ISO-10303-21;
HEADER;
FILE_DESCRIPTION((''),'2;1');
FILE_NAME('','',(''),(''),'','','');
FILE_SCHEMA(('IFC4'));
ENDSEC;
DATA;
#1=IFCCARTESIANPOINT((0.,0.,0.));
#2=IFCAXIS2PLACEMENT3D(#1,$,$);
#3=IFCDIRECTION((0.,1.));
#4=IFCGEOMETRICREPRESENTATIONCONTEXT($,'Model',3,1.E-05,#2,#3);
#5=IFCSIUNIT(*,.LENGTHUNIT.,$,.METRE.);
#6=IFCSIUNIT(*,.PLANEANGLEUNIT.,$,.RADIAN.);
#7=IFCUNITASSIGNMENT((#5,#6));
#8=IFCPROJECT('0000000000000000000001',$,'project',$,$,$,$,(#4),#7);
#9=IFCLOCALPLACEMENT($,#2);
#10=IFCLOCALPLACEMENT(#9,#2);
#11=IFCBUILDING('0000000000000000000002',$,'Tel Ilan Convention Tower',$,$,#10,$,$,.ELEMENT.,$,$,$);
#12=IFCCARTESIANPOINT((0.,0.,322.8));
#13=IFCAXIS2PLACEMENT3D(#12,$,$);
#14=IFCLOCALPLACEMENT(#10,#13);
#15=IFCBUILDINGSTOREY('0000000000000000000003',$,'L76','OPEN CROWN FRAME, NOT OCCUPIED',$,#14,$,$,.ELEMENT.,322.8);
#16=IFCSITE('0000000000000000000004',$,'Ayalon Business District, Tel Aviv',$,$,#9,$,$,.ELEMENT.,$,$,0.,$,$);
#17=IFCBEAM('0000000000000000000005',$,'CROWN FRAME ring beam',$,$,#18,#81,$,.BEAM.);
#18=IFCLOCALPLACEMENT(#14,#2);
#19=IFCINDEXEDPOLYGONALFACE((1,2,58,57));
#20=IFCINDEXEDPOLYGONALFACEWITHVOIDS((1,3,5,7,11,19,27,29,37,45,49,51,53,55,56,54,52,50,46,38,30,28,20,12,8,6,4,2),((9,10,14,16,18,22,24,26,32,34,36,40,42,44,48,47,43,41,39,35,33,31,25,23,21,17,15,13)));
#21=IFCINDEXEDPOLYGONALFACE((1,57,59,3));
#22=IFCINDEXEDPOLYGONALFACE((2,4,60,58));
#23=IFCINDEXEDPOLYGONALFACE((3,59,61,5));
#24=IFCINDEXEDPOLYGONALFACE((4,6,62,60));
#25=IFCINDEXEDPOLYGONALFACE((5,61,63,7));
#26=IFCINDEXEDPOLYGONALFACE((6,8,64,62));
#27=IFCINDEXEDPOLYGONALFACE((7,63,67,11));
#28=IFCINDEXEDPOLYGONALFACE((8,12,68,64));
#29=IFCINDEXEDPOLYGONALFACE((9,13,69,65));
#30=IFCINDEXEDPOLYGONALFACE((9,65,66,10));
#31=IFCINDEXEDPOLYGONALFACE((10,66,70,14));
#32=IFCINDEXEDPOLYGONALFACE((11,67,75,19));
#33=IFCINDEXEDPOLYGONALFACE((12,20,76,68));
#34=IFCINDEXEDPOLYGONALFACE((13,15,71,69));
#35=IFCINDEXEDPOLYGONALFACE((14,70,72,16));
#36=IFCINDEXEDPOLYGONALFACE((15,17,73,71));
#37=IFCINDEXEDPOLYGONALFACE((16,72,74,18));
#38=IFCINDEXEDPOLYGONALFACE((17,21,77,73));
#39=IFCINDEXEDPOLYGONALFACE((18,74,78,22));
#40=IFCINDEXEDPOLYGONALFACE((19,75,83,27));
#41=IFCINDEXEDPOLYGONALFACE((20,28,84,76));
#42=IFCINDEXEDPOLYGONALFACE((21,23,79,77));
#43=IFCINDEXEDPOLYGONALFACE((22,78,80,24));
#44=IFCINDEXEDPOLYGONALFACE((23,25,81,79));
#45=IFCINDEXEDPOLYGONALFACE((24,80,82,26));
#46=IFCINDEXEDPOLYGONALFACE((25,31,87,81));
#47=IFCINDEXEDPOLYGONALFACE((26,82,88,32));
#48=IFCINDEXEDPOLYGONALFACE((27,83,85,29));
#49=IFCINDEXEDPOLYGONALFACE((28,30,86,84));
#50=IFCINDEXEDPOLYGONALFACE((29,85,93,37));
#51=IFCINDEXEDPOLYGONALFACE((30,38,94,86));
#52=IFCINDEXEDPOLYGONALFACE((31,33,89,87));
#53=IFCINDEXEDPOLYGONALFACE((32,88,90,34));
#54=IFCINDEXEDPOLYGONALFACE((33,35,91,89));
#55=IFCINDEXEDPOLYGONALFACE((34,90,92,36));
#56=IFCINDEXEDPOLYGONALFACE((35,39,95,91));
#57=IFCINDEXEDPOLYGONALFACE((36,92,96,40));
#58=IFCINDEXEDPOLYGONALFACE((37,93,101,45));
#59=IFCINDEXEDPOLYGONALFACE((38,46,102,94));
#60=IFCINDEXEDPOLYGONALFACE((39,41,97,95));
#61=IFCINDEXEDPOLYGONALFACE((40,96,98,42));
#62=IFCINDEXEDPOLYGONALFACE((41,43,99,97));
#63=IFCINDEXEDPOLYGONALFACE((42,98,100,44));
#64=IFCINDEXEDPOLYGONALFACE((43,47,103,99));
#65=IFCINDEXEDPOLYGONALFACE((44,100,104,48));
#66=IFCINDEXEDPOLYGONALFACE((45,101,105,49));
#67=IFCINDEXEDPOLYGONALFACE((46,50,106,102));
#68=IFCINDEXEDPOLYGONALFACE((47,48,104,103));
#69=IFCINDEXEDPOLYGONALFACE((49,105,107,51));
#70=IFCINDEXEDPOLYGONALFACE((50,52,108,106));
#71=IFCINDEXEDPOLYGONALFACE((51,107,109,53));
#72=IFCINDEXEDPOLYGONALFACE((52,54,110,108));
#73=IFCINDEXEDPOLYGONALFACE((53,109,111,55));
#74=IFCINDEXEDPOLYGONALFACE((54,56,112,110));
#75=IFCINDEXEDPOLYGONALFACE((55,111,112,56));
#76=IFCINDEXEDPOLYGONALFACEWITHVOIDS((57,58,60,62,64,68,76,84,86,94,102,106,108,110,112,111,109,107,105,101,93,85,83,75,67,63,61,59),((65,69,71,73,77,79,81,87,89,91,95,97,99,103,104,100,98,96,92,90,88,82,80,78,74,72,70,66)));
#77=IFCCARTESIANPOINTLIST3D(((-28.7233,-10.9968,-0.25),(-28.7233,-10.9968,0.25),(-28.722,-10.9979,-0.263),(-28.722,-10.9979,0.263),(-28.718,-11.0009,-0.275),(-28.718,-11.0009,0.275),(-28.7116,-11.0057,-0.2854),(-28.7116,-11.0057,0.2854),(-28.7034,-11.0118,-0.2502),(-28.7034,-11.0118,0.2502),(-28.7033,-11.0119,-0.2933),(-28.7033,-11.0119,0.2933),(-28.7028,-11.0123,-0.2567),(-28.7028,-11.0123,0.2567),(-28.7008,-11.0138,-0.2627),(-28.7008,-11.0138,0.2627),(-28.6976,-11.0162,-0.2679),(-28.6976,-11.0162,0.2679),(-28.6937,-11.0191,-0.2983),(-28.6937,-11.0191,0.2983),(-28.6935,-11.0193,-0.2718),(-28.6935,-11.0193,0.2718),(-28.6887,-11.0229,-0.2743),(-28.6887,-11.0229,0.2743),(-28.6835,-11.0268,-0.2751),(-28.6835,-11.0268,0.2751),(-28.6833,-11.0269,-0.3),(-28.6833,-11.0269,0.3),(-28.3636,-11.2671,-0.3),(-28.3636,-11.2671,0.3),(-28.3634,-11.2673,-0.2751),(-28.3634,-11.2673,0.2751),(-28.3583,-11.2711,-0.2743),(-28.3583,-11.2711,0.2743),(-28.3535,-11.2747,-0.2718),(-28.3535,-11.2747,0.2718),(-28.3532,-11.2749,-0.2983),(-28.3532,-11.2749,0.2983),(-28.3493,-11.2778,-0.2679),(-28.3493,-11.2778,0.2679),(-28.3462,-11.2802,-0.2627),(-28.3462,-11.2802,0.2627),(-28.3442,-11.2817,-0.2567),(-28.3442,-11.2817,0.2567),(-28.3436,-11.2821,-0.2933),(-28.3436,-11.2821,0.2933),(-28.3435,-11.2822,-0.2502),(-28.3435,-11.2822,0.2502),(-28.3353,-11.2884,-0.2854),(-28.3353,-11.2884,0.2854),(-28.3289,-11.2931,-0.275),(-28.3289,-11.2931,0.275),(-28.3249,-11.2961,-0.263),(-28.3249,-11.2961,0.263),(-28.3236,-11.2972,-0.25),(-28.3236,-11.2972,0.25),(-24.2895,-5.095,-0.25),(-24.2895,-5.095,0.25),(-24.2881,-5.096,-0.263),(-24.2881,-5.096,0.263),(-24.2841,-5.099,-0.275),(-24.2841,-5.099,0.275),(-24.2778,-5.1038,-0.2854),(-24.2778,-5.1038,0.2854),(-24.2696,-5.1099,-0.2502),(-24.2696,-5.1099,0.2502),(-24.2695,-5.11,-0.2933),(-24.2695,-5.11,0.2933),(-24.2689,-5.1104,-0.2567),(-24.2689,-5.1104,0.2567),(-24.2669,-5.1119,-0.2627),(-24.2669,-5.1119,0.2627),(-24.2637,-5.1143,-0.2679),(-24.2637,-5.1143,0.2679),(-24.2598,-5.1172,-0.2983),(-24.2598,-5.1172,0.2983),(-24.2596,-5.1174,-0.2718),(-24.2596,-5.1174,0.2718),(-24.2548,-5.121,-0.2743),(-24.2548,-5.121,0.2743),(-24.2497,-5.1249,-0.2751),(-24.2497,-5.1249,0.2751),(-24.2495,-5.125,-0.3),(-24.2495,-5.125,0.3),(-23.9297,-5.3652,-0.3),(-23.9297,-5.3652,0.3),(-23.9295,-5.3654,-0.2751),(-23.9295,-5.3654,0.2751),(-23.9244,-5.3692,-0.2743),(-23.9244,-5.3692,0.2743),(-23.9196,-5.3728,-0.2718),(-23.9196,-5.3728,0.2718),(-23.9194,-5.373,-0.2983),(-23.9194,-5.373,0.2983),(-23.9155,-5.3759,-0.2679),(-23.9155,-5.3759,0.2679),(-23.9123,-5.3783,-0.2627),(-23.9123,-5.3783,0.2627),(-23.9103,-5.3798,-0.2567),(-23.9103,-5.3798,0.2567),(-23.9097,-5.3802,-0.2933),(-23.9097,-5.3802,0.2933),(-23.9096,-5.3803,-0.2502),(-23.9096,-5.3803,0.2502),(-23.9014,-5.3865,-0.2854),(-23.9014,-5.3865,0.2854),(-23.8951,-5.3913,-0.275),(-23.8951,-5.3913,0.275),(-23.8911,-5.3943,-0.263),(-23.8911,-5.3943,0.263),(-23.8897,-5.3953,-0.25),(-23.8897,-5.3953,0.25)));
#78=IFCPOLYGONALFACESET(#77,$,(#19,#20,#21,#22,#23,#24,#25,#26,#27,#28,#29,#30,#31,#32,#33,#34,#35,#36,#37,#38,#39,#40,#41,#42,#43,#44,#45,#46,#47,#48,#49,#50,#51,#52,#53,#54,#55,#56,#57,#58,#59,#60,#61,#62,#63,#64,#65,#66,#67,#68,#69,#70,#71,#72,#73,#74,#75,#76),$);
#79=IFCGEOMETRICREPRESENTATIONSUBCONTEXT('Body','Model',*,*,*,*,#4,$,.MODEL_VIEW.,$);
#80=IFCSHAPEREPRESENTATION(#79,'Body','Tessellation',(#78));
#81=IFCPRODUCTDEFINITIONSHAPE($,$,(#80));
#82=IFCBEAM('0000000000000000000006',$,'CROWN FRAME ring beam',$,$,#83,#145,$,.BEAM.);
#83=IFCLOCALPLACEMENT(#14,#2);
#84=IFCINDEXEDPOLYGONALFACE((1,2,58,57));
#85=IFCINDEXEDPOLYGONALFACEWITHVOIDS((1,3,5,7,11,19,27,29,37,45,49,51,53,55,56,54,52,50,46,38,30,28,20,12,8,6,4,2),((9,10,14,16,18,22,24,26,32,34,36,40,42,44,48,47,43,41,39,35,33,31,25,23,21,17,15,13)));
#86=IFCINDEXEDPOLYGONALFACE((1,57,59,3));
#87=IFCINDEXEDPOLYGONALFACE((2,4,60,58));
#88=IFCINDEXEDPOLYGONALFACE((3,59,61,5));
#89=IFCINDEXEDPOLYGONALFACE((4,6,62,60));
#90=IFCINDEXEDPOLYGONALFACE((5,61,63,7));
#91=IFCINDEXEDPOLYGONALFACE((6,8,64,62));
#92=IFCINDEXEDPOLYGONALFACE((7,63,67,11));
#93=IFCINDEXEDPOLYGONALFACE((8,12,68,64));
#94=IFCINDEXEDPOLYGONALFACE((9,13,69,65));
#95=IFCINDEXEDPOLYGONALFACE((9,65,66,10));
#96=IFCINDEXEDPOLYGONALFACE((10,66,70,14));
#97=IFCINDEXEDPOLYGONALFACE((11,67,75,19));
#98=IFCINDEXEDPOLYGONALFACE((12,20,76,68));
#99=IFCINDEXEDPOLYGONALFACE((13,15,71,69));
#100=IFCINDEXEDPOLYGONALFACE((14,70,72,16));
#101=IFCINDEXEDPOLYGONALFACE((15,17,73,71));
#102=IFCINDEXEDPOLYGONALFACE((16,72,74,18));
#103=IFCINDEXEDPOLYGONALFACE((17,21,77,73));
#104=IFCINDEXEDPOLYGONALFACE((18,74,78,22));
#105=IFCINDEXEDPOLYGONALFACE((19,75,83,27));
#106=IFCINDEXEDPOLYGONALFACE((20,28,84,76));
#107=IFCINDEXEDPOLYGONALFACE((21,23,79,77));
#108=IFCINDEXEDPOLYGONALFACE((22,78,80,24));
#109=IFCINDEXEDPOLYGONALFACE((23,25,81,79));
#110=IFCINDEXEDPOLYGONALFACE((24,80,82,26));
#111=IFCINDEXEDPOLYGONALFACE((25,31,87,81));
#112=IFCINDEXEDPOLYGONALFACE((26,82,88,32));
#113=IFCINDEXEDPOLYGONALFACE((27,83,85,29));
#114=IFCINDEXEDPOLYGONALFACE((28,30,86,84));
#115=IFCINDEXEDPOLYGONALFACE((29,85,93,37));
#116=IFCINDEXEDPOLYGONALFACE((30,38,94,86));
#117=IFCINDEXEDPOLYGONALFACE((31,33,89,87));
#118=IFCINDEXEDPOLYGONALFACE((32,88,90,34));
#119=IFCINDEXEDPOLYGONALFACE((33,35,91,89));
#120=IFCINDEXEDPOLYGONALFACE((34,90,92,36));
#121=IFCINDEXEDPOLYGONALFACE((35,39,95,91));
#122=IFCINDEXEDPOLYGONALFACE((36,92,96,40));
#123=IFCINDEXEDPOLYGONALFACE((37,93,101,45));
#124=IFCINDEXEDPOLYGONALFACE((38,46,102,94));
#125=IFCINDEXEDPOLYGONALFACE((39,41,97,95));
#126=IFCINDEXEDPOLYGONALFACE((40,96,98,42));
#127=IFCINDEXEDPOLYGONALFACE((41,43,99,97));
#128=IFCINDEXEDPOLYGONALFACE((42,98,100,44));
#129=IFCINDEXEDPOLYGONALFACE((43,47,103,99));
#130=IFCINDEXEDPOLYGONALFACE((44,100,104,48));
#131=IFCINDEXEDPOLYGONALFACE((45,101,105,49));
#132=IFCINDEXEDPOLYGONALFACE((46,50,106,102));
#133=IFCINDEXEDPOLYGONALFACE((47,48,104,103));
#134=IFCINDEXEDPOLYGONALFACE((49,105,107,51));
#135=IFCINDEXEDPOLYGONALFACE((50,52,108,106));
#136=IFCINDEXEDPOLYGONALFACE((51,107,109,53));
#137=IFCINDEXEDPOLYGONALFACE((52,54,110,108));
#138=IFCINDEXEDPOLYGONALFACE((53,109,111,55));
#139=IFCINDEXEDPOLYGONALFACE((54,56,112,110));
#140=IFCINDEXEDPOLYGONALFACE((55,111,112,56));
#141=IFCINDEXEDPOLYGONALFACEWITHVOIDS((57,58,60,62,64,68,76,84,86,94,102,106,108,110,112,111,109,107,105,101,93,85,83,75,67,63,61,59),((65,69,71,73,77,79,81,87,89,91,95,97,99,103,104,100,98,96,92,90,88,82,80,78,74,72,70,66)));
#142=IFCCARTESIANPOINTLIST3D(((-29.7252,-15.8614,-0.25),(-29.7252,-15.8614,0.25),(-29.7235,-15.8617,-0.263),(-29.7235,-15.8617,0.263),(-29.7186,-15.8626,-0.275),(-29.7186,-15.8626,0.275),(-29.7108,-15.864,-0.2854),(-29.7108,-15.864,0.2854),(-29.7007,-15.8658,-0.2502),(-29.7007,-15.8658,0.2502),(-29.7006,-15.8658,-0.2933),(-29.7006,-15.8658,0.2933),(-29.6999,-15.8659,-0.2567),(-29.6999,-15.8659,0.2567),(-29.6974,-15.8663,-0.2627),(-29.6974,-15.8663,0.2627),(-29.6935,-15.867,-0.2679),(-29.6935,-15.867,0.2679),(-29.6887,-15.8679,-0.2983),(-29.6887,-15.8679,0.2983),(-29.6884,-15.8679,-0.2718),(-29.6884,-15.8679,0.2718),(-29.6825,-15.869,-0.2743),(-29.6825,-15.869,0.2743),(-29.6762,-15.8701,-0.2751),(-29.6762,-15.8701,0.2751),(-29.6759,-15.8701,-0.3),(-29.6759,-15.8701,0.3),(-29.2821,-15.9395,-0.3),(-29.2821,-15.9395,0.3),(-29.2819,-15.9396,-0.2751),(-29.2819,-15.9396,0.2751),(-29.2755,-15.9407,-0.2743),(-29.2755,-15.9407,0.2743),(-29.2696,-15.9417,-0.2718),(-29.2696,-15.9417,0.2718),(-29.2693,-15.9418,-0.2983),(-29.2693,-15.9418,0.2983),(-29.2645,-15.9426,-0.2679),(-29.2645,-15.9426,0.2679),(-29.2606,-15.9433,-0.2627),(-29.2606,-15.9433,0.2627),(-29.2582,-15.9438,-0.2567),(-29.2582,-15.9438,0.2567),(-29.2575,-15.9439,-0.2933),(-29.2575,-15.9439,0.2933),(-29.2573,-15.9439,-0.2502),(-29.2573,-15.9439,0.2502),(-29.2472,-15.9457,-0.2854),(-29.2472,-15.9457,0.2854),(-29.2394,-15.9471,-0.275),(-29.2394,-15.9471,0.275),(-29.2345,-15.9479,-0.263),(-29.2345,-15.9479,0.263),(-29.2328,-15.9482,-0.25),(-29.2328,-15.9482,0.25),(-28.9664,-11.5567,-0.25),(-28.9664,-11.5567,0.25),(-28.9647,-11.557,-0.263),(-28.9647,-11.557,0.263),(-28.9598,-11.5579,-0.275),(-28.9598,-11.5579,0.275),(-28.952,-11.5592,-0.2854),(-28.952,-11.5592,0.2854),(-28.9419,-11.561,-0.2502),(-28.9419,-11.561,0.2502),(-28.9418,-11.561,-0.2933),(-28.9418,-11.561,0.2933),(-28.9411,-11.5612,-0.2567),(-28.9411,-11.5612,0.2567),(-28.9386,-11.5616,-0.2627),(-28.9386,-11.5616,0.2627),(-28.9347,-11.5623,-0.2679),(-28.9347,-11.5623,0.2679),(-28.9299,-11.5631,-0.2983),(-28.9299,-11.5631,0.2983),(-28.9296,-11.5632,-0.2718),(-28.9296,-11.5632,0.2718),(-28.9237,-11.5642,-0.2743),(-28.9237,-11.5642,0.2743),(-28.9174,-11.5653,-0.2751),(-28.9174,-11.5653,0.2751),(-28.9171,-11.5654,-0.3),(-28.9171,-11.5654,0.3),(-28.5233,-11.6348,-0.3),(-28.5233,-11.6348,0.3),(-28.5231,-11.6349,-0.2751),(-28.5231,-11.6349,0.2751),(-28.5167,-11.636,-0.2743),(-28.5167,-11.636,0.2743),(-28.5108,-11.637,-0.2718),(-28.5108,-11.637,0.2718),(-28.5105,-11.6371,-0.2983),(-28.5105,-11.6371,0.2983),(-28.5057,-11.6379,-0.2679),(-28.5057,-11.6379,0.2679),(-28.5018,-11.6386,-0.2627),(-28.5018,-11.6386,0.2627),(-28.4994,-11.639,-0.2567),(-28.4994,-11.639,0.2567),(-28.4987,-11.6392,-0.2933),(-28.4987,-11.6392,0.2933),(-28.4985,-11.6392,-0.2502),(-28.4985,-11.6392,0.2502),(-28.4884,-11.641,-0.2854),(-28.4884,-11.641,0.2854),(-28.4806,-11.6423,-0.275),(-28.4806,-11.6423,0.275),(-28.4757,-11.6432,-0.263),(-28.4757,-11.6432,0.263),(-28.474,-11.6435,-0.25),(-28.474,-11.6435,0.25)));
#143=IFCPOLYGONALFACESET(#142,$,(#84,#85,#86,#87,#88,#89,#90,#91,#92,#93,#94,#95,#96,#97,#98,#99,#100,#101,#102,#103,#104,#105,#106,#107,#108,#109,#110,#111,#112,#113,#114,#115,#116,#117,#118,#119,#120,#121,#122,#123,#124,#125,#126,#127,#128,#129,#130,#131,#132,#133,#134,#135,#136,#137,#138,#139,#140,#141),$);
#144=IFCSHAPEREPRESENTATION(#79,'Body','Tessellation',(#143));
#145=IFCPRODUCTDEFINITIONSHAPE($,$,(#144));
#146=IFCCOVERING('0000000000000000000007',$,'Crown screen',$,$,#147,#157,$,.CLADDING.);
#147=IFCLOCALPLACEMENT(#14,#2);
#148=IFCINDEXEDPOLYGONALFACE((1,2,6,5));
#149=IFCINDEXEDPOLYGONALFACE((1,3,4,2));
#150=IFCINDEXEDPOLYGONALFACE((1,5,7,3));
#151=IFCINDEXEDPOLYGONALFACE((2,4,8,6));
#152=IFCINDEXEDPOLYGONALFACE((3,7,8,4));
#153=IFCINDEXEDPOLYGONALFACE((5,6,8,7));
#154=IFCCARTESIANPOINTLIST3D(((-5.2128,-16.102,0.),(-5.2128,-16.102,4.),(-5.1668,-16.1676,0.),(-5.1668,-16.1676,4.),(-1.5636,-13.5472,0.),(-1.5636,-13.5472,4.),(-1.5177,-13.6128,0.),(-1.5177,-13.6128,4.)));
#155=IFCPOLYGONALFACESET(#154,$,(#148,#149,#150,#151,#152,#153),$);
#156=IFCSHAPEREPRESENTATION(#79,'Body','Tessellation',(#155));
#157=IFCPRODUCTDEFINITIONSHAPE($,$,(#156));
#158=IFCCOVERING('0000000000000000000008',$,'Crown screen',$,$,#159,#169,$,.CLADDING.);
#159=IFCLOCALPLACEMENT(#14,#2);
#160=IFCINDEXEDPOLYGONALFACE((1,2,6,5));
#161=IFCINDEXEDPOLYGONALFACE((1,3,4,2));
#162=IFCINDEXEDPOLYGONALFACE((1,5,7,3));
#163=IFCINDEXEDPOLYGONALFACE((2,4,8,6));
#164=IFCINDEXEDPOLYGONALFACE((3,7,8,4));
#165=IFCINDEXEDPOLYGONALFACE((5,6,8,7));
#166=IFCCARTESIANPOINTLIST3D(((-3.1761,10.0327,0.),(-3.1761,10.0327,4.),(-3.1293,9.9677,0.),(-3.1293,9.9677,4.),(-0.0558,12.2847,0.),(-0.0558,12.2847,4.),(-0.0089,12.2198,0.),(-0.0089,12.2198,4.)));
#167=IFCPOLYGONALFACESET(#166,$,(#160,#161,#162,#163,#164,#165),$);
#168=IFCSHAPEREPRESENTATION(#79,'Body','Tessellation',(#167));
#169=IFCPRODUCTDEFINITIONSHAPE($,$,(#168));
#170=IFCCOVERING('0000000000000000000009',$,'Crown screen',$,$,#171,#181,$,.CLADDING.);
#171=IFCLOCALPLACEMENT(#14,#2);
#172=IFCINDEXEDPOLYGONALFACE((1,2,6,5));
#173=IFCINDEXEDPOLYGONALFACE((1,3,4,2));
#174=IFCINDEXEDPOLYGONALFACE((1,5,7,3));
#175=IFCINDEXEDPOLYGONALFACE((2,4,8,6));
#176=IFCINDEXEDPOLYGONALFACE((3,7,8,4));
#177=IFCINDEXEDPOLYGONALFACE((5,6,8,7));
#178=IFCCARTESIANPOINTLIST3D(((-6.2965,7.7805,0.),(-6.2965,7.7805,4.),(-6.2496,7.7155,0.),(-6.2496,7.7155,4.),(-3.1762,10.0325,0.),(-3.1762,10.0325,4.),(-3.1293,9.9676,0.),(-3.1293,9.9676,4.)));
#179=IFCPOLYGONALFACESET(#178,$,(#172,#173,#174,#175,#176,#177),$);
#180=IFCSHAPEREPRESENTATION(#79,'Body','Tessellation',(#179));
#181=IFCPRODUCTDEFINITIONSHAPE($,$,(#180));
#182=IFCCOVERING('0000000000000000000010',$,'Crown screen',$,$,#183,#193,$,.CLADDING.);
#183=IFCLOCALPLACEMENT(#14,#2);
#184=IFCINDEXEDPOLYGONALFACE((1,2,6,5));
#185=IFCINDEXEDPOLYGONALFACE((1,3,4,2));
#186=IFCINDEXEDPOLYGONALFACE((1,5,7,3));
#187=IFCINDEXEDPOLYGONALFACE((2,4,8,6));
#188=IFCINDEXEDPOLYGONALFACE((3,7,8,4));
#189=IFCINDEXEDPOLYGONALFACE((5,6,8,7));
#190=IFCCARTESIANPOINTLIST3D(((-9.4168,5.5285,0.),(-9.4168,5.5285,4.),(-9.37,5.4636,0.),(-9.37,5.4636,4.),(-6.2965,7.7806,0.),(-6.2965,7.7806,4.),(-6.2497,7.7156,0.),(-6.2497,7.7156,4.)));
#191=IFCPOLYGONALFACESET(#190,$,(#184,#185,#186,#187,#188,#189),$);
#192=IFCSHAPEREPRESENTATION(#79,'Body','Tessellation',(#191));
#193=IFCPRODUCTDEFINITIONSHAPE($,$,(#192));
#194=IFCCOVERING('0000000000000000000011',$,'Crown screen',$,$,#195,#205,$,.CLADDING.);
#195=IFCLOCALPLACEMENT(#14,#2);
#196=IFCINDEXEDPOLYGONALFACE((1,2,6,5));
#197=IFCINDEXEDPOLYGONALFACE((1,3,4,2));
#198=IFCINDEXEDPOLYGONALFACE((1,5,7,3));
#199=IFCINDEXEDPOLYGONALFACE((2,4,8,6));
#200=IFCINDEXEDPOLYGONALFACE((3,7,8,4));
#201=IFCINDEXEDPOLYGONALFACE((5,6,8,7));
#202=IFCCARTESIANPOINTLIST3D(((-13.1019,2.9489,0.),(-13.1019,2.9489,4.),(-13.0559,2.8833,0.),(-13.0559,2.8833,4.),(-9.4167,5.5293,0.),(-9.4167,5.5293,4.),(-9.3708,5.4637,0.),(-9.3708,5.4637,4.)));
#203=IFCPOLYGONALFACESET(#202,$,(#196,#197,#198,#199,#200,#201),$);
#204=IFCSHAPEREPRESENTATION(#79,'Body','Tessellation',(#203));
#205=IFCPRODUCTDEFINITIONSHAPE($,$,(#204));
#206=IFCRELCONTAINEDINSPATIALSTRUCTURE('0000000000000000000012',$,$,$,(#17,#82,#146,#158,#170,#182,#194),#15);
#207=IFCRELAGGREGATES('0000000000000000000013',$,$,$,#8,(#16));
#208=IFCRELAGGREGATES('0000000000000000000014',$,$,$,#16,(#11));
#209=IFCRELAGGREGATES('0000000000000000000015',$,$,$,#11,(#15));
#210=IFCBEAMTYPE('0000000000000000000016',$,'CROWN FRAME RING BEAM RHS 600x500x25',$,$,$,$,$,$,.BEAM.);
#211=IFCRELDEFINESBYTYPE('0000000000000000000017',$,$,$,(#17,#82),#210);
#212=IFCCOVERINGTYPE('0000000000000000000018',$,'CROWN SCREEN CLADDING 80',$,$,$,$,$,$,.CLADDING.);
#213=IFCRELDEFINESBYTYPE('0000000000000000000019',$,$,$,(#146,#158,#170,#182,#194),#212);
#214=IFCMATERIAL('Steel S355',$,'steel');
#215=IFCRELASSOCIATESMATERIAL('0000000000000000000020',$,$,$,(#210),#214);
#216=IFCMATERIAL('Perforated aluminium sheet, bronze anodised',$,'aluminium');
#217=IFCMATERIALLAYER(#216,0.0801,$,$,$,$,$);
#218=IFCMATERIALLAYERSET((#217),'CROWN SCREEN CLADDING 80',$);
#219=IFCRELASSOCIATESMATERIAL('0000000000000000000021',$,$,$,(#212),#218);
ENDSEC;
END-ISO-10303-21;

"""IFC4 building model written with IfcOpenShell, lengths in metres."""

from ifc_helpers import new_model, si_unit, direction, frame, origin, origin_2d, place, context, subcontext, project, spatial, rectangle, hollow_rectangle, extrude, material, layer, layer_set, material_profile, profile_set, type_object, element, save


model = new_model("IFC4")

# Units and contexts
model_context = context("Model", 3, precision=1e-05, world=origin(), true_north=direction((0.0, 1.0)))
body_context = subcontext(model_context, "Body", "Model", "MODEL_VIEW")
ifc_project = project(units=[si_unit("LENGTHUNIT", "METRE"), si_unit("PLANEANGLEUNIT", "RADIAN")], contexts=[model_context])

# Site, building, storey
site_placement = place(None, origin())
site = spatial("IfcSite", under=ifc_project, at=site_placement, Name="Ayalon Business District, Tel Aviv", CompositionType="ELEMENT", RefElevation=0.0)
building_placement = place(site_placement, origin())
building = spatial("IfcBuilding", under=site, at=building_placement, Name="Tel Ilan Convention Tower", CompositionType="ELEMENT")
storey_placement = place(building_placement, frame((0.0, 0.0, 322.8)))
storey = spatial("IfcBuildingStorey", under=building, at=storey_placement, Name="L76", Description="OPEN CROWN FRAME, NOT OCCUPIED", CompositionType="ELEMENT", Elevation=322.8)

# Beams
ifc_material_1 = material(Name="Steel S355", Category="steel")
ifc_material_profile_1 = material_profile(ifc_material_1, hollow_rectangle(XDim=0.5, YDim=0.6001, WallThickness=0.0249, InnerFilletRadius=0.0249, OuterFilletRadius=0.05, at=origin_2d()), Name="RHS 600x500x25")
ifc_profile_set_1 = profile_set([ifc_material_profile_1], Name="Steel S355")
beam_type = type_object("IfcBeamType", Name="CROWN FRAME RING BEAM RHS 600x500x25", PredefinedType="BEAM", material=ifc_profile_set_1)
beam_1_placement = place(storey_placement, frame((-24.0896, -5.2451, 0.0), z_axis=(-0.600645, -0.799516, 0.0), x_axis=(0.799516, -0.600645, 0.0)))
element("IfcBeam", 1, at=beam_1_placement, inside=storey, type_object=beam_type, Name="CROWN FRAME ring beam", PredefinedType="BEAM", context=body_context, shape_type="SweptSolid", body=[
    extrude(hollow_rectangle(XDim=0.5, YDim=0.6001, WallThickness=0.0249, InnerFilletRadius=0.0249, OuterFilletRadius=0.05, at=origin_2d()), origin(), (0.0, 0.0, 1.0), 7.3818),
])
beam_2_placement = place(storey_placement, frame((-28.7202, -11.6001, 0.0), z_axis=(-0.173594, -0.984817, 0.0), x_axis=(0.984817, -0.173594, 0.0)))
element("IfcBeam", 2, at=beam_2_placement, inside=storey, type_object=beam_type, Name="CROWN FRAME ring beam", PredefinedType="BEAM", context=body_context, shape_type="SweptSolid", body=[
    extrude(hollow_rectangle(XDim=0.5, YDim=0.6001, WallThickness=0.0249, InnerFilletRadius=0.0249, OuterFilletRadius=0.05, at=origin_2d()), origin(), (0.0, 0.0, 1.0), 4.3711),
])

# Coverings
ifc_material_2 = material(Name="Perforated aluminium sheet, bronze anodised", Category="aluminium")
ifc_layer = layer(ifc_material_2, 0.0801)
ifc_layer_set = layer_set([ifc_layer], Name="CROWN SCREEN CLADDING 80")
covering_type = type_object("IfcCoveringType", Name="CROWN SCREEN CLADDING 80", PredefinedType="CLADDING", material=ifc_layer_set)
covering_placement = place(storey_placement, frame((-3.3652, -14.8574, 0.0), z_axis=(0.0, 0.0, 1.0), x_axis=(0.819185, 0.573529, 0.0)))
element("IfcCovering", 3, at=covering_placement, inside=storey, type_object=covering_type, Name="Crown screen", PredefinedType="CLADDING", context=body_context, shape_type="SweptSolid", body=[
    extrude(rectangle(XDim=4.4546, YDim=0.0801, at=origin_2d()), origin(), (0.0, 0.0, 1.0), 4.0),
])
for number, where, z_axis, x_axis, name in (
    (4, (-1.5925, 11.1262, 0.0), (0.0, 0.0, 1.0), (-0.810863, -0.585236, 0.0), "Crown screen"),
    (5, (-4.7129, 8.874, 0.0), (0.0, 0.0, 1.0), (-0.810863, -0.585236, 0.0), "Crown screen"),
    (6, (-7.8333, 6.6221, 0.0), (0.0, 0.0, 1.0), (-0.810863, -0.585236, 0.0), "Crown screen"),
):
    element("IfcCovering", number, at=place(storey_placement, frame(where, z_axis=z_axis, x_axis=x_axis)), inside=storey, type_object=covering_type, Name=name, PredefinedType="CLADDING", context=body_context, shape_type="SweptSolid", body=[
        extrude(rectangle(XDim=3.8481, YDim=0.0801, at=origin_2d()), origin(), (0.0, 0.0, 1.0), 4.0),
    ])
for number, where, z_axis, x_axis, name in (
    (7, (-11.2363, 4.2063, 0.0), (0.0, 0.0, 1.0), (-0.819148, -0.573582, 0.0), "Crown screen"),
):
    element("IfcCovering", number, at=place(storey_placement, frame(where, z_axis=z_axis, x_axis=x_axis)), inside=storey, type_object=covering_type, Name=name, PredefinedType="CLADDING", context=body_context, shape_type="SweptSolid", body=[
        extrude(rectangle(XDim=4.4988, YDim=0.0801, at=origin_2d()), origin(), (0.0, 0.0, 1.0), 4.0),
    ])

save(model, "model.ifc")
